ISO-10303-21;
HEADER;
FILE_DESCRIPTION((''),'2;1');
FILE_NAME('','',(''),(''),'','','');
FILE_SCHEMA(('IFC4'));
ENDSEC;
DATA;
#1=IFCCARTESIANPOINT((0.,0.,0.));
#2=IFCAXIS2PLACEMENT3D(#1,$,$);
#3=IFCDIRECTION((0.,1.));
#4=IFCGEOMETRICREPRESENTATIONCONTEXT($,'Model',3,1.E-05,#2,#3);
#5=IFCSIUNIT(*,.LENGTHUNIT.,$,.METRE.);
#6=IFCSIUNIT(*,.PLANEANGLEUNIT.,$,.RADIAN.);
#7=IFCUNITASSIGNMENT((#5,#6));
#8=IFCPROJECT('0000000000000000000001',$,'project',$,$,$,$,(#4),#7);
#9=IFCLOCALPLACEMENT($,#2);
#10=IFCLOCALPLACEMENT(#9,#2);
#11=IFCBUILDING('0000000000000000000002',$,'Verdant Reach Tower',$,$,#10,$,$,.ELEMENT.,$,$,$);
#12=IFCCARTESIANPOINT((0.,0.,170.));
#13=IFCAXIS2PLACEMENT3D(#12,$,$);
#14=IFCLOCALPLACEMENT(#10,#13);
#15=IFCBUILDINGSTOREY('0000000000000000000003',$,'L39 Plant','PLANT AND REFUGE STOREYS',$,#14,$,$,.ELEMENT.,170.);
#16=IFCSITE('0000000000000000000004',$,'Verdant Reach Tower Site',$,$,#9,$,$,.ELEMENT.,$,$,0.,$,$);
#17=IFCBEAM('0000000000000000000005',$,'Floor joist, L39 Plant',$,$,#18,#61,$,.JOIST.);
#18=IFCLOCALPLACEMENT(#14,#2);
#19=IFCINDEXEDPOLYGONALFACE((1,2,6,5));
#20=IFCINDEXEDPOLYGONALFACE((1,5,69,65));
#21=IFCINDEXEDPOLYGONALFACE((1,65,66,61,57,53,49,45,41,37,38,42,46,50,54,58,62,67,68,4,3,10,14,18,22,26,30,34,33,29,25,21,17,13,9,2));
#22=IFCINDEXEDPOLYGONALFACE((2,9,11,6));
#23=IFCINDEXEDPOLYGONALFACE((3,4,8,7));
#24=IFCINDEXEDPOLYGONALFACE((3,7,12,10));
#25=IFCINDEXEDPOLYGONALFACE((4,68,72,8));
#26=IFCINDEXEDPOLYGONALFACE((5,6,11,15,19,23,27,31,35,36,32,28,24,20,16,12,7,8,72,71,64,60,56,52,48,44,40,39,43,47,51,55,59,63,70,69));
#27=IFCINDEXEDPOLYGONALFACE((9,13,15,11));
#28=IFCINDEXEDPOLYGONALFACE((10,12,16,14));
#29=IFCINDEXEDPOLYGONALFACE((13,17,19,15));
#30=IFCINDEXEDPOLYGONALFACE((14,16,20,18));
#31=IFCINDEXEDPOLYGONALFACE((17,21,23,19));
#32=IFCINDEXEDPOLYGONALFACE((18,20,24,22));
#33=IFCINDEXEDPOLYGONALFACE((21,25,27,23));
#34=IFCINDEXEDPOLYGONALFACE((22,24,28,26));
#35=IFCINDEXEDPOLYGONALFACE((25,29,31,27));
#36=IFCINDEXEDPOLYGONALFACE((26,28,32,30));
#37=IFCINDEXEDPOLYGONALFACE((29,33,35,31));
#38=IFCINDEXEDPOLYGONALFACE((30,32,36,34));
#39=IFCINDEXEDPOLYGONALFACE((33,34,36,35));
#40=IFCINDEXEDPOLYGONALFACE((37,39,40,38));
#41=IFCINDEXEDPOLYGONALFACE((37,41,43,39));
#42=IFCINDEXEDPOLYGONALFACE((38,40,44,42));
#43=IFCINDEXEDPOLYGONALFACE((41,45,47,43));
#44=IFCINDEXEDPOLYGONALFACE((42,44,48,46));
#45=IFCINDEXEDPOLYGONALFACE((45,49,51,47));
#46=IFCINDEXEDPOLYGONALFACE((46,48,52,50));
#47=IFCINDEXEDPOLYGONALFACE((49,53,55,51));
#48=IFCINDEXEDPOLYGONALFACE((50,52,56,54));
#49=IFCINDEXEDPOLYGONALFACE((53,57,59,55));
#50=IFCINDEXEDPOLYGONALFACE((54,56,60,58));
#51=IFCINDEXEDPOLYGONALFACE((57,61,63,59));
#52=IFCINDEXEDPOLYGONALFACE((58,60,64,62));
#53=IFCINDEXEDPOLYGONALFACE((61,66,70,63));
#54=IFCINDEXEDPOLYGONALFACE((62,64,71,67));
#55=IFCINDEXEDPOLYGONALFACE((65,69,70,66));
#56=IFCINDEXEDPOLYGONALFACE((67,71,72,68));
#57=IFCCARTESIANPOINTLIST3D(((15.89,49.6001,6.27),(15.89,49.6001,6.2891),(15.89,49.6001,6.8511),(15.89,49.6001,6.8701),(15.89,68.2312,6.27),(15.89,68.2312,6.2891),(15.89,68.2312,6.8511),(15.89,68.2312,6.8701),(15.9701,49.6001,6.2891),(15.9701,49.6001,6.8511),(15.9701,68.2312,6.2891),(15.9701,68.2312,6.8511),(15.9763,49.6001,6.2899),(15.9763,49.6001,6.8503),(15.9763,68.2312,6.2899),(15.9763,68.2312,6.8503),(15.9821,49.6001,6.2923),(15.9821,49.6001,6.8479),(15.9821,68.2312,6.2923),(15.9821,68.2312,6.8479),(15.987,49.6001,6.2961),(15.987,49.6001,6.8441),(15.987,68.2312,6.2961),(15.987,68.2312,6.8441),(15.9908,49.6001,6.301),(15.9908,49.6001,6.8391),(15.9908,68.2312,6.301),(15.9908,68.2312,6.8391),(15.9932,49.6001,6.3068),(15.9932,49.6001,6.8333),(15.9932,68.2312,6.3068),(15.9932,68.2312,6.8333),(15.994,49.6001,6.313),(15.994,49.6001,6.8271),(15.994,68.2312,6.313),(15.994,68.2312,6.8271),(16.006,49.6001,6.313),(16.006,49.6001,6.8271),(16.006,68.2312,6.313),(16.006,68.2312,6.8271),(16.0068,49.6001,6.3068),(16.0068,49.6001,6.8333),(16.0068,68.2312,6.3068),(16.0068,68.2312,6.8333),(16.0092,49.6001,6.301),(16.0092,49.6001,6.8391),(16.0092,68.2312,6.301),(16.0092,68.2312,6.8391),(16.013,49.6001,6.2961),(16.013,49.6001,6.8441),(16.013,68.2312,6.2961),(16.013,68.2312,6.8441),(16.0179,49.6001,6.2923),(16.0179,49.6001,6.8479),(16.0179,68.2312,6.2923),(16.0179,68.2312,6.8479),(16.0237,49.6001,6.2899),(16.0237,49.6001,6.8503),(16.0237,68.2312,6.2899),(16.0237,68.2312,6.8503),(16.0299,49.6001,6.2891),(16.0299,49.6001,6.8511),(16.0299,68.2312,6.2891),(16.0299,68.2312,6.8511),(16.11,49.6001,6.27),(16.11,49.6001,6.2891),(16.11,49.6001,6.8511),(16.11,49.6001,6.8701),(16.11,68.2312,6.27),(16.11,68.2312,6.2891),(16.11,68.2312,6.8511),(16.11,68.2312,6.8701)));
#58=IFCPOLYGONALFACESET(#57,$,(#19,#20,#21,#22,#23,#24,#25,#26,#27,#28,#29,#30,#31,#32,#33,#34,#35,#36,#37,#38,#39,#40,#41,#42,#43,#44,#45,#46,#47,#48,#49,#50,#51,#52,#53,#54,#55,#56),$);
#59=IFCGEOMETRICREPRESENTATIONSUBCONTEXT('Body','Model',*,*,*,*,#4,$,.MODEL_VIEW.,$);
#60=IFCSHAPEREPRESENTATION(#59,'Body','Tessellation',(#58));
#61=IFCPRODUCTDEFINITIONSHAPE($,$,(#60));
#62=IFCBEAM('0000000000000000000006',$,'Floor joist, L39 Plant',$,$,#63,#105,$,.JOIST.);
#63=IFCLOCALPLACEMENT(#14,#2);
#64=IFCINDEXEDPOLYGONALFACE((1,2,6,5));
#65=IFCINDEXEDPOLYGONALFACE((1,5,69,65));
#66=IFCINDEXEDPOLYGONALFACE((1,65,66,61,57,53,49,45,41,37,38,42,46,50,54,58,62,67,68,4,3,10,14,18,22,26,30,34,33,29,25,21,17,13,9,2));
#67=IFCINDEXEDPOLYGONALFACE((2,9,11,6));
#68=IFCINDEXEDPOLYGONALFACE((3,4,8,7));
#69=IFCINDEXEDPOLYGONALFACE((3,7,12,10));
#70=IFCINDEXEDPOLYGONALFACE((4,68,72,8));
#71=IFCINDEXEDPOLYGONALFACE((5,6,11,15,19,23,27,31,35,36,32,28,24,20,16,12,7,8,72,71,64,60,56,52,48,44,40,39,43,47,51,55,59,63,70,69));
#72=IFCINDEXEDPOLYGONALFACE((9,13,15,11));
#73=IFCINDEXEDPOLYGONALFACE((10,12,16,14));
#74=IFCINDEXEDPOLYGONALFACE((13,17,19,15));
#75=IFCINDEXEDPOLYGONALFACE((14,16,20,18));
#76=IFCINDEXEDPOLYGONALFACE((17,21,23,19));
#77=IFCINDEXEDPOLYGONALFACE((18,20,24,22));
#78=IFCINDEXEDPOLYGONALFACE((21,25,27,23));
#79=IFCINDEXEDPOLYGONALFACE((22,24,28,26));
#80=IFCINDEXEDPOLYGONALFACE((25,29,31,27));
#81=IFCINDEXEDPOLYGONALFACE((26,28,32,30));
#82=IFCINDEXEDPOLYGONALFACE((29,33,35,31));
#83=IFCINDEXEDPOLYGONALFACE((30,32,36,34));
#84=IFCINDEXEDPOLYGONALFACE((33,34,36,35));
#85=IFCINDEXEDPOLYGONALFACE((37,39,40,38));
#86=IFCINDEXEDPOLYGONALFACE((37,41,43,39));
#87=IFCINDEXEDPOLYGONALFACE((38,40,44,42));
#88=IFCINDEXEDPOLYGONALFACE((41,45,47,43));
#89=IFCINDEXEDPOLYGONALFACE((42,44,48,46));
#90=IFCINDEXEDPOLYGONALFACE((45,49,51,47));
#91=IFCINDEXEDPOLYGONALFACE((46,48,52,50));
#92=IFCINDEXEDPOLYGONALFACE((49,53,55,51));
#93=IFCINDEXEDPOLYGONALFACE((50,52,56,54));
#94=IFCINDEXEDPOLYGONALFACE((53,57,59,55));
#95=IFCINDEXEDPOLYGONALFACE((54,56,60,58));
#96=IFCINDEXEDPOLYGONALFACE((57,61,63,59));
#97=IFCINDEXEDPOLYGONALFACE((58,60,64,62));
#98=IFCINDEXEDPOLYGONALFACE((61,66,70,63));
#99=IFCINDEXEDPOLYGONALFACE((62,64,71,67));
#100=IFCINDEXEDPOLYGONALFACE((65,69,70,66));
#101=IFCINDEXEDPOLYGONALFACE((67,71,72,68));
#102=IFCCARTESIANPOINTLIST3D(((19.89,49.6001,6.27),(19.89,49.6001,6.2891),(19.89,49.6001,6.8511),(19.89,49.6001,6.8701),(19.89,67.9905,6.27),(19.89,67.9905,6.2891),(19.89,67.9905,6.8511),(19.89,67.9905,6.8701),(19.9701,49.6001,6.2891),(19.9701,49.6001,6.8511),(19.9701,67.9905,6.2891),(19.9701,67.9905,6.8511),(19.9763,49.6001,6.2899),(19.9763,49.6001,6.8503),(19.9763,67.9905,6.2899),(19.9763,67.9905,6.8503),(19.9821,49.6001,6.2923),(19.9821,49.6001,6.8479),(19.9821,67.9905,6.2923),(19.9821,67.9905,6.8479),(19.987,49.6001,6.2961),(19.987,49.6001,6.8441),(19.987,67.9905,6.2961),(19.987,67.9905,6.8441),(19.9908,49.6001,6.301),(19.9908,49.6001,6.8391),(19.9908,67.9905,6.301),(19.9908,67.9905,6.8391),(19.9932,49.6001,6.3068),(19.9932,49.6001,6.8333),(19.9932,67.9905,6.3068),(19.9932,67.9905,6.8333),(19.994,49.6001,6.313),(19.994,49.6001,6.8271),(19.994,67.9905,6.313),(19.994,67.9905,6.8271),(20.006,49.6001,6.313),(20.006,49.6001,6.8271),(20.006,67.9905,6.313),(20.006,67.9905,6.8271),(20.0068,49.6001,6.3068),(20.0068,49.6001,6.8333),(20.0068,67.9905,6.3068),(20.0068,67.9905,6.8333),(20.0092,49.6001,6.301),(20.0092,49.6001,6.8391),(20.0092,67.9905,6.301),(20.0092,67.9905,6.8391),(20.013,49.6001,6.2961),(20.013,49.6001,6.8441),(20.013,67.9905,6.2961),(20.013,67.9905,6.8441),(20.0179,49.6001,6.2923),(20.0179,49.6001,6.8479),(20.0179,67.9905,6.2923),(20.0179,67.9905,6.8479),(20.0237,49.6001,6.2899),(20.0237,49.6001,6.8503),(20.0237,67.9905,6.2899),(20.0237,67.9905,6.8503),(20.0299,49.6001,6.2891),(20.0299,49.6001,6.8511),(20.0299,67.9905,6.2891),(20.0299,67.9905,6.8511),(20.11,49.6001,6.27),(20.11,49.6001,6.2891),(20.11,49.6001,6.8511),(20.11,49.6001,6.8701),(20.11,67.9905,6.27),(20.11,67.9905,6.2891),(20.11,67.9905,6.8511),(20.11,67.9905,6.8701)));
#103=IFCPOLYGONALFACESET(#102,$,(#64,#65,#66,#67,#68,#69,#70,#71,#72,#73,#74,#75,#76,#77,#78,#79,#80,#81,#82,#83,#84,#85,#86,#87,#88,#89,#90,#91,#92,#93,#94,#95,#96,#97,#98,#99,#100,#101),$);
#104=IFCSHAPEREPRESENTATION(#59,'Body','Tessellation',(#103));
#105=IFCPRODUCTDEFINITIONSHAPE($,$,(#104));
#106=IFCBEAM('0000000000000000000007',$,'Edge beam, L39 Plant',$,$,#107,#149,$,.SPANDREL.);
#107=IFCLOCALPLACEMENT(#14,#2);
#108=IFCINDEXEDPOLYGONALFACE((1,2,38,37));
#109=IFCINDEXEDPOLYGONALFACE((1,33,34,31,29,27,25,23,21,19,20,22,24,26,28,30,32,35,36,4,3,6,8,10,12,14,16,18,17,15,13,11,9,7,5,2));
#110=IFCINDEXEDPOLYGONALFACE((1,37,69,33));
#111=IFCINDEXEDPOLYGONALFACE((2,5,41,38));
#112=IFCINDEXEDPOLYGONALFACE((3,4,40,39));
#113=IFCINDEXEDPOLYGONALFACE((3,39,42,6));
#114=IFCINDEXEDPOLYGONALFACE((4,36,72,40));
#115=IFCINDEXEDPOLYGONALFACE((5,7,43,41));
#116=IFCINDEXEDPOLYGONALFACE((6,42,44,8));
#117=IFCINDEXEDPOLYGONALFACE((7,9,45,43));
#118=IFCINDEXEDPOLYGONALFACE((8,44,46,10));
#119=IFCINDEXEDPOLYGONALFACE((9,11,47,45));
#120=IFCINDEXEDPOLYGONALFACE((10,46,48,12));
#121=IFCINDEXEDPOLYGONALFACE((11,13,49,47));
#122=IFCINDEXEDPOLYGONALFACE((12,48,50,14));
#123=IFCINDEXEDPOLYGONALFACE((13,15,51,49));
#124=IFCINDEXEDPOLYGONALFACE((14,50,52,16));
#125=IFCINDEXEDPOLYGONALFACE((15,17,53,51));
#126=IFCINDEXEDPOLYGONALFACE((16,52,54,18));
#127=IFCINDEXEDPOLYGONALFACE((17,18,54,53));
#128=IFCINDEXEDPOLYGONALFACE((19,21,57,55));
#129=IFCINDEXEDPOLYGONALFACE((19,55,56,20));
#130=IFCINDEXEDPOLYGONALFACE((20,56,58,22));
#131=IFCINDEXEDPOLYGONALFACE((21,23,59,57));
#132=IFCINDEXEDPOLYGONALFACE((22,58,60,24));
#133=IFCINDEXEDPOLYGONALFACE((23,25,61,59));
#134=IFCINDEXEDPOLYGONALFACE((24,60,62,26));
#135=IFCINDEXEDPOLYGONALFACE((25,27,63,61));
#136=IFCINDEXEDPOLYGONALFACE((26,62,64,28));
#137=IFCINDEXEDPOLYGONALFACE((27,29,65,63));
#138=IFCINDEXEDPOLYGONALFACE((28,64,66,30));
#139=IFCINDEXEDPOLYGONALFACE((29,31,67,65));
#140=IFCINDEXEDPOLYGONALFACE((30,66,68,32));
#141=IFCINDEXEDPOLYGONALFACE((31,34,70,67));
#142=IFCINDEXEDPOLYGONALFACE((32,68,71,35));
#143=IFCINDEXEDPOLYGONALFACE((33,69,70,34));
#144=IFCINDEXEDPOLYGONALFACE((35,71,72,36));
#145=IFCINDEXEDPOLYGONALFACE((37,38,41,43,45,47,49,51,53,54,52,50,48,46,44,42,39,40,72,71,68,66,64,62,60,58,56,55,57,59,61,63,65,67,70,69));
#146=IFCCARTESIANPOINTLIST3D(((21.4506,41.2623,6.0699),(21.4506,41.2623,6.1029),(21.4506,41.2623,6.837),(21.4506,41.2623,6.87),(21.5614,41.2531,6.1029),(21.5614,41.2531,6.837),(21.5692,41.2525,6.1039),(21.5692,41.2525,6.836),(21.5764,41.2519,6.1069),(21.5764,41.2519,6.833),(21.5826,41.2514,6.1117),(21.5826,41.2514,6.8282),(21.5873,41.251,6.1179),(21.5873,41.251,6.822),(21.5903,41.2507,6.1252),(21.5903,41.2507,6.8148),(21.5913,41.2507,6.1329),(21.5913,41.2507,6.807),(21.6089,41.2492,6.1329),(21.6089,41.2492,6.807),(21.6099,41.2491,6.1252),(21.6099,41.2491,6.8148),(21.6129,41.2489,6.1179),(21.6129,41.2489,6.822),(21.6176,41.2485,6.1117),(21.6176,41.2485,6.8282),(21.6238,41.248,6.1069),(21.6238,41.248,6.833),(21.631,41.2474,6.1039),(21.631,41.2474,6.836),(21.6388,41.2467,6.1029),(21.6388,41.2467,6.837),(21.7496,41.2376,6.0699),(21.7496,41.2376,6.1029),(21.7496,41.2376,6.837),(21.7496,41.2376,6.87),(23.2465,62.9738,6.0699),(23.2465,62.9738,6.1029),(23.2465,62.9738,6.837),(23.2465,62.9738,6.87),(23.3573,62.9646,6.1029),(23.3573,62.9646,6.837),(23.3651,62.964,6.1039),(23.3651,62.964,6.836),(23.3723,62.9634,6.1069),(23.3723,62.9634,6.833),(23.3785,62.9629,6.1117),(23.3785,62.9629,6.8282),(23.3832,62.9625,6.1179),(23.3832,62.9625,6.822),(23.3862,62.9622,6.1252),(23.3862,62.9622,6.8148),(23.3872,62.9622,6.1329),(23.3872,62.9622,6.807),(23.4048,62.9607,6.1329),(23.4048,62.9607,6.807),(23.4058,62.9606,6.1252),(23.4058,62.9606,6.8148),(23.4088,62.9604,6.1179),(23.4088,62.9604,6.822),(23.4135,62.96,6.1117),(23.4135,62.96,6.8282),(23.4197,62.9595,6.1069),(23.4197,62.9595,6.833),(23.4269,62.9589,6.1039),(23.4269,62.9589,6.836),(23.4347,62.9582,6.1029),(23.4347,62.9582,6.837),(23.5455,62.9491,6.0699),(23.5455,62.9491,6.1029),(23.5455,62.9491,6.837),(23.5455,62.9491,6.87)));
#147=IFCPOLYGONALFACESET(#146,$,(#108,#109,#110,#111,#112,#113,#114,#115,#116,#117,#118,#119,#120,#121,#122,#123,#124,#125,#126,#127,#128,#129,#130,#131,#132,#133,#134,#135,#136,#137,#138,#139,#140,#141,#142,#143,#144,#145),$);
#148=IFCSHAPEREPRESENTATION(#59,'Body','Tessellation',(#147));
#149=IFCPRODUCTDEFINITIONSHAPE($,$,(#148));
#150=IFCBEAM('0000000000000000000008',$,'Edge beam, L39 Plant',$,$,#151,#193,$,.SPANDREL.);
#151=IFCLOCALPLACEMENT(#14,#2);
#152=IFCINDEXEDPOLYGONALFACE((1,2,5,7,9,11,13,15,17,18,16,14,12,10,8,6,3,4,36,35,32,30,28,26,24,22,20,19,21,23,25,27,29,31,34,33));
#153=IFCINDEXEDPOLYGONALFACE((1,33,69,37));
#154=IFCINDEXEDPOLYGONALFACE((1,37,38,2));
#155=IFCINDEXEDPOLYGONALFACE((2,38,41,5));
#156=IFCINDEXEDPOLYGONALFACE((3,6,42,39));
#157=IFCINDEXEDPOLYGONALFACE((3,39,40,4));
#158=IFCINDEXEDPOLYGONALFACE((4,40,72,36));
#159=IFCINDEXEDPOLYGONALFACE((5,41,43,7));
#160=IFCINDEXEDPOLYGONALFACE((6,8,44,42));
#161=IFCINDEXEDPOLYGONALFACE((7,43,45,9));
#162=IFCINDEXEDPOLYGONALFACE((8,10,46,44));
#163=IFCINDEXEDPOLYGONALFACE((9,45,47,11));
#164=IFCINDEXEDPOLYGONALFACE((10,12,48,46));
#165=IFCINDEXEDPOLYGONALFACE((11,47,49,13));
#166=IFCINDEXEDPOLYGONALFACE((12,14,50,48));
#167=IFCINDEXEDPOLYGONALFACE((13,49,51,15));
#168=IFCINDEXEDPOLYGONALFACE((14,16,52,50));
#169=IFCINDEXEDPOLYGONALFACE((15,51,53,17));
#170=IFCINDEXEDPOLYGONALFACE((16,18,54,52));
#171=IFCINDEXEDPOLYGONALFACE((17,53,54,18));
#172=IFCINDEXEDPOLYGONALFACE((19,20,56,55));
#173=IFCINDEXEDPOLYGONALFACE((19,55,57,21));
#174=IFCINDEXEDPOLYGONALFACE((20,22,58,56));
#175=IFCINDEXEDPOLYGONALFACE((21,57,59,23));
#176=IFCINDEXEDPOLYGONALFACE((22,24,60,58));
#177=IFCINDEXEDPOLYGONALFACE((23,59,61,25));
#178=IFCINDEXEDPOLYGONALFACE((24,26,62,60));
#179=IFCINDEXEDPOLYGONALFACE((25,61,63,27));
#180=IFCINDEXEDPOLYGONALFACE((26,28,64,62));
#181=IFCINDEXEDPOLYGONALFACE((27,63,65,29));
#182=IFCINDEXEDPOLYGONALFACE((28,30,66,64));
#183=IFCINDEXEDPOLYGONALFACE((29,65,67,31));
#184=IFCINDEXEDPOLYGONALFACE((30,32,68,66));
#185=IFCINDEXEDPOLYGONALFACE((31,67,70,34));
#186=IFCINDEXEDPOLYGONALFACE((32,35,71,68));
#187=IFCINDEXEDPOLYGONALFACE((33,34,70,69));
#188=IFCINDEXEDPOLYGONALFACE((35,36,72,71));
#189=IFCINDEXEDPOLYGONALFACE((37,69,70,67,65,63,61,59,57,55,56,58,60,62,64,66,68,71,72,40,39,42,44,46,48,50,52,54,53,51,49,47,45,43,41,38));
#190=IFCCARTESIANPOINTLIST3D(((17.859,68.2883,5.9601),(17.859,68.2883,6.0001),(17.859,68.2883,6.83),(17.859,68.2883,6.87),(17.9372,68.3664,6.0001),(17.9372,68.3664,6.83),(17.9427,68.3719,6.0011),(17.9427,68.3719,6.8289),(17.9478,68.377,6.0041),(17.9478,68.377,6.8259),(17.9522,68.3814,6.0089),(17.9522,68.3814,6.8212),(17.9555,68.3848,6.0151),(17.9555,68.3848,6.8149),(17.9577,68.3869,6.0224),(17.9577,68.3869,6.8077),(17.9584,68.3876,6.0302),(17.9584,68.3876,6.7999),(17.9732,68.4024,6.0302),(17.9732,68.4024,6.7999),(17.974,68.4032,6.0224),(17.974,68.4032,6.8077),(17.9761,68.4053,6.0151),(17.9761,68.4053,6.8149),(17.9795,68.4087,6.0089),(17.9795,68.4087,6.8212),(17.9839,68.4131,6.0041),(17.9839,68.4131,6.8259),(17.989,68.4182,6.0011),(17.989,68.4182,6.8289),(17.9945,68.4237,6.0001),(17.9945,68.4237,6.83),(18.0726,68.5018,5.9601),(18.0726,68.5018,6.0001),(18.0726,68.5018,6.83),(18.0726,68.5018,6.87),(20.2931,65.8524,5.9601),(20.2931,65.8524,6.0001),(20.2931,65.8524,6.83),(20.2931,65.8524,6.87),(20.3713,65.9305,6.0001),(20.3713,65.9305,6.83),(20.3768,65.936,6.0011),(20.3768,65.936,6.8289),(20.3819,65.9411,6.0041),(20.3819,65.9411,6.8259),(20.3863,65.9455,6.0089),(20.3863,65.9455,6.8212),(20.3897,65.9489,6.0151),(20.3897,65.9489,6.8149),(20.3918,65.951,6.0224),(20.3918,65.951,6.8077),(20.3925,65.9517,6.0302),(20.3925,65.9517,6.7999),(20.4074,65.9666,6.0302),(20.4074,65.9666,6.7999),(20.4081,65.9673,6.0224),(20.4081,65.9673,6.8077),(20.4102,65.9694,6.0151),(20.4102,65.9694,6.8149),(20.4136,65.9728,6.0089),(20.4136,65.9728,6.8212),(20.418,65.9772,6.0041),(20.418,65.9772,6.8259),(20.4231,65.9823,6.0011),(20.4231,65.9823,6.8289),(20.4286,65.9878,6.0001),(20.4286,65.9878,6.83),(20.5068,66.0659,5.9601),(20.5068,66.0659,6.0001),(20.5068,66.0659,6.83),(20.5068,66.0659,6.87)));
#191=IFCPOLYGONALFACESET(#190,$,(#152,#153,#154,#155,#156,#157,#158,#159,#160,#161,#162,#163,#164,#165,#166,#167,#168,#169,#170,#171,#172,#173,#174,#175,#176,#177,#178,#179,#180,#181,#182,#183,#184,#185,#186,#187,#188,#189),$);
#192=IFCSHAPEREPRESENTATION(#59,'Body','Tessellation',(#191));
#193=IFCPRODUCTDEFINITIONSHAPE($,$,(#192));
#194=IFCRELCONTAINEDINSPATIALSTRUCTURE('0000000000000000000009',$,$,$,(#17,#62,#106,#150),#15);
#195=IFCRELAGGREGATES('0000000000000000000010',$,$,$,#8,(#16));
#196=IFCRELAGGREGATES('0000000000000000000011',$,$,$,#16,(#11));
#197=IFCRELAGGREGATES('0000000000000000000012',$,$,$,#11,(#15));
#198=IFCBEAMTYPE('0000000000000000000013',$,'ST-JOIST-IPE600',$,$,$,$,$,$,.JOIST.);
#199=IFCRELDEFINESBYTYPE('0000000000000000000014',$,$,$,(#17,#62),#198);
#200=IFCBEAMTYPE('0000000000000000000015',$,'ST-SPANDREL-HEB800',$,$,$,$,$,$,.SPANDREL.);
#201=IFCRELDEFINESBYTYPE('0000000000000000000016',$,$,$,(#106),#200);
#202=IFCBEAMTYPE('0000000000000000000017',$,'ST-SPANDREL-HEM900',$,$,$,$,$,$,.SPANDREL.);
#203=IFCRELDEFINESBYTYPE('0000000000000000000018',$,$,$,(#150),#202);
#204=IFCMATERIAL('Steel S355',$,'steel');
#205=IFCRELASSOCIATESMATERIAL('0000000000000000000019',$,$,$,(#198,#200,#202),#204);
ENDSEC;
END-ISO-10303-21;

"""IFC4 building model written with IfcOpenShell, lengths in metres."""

from ifc_helpers import new_model, si_unit, direction, frame, origin, origin_2d, place, context, subcontext, project, spatial, i_section, extrude, material, material_profile, profile_set, type_object, element, save


model = new_model("IFC4")

# Units and contexts
model_context = context("Model", 3, precision=1e-05, world=origin(), true_north=direction((0.0, 1.0)))
body_context = subcontext(model_context, "Body", "Model", "MODEL_VIEW")
ifc_project = project(units=[si_unit("LENGTHUNIT", "METRE"), si_unit("PLANEANGLEUNIT", "RADIAN")], contexts=[model_context])

# Site, building, storey
site_placement = place(None, origin())
site = spatial("IfcSite", under=ifc_project, at=site_placement, Name="Verdant Reach Tower Site", CompositionType="ELEMENT", RefElevation=0.0)
building_placement = place(site_placement, origin())
building = spatial("IfcBuilding", under=site, at=building_placement, Name="Verdant Reach Tower", CompositionType="ELEMENT")
storey_placement = place(building_placement, frame((0.0, 0.0, 170.0)))
storey = spatial("IfcBuildingStorey", under=building, at=storey_placement, Name="L39 Plant", Description="PLANT AND REFUGE STOREYS", CompositionType="ELEMENT", Elevation=170.0)

# Beams
ifc_material_1 = material(Name="Steel S355", Category="steel")
ifc_material_profile_1 = material_profile(ifc_material_1, i_section(OverallWidth=0.22, OverallDepth=0.6001, WebThickness=0.012, FlangeThickness=0.019, FilletRadius=0.0239, at=origin_2d()), Name="IPE 600")
ifc_profile_set_1 = profile_set([ifc_material_profile_1], Name="Steel S355")
beam_type_1 = type_object("IfcBeamType", Name="ST-JOIST-IPE600", PredefinedType="JOIST", material=ifc_profile_set_1)
beam_1_placement = place(storey_placement, frame((16.0, 49.6001, 6.5701), z_axis=(0.0, 1.0, 0.0), x_axis=(-1.0, 0.0, 0.0)))
element("IfcBeam", 1, at=beam_1_placement, inside=storey, type_object=beam_type_1, Name="Floor joist, L39 Plant", PredefinedType="JOIST", context=body_context, shape_type="SweptSolid", body=[
    extrude(i_section(OverallWidth=0.22, OverallDepth=0.6001, WebThickness=0.012, FlangeThickness=0.019, FilletRadius=0.0239, at=origin_2d()), origin(), (0.0, 0.0, 1.0), 18.6311),
])
beam_2_placement = place(storey_placement, frame((20.0, 49.6001, 6.5701), z_axis=(0.0, 1.0, 0.0), x_axis=(-1.0, 0.0, 0.0)))
element("IfcBeam", 2, at=beam_2_placement, inside=storey, type_object=beam_type_1, Name="Floor joist, L39 Plant", PredefinedType="JOIST", context=body_context, shape_type="SweptSolid", body=[
    extrude(i_section(OverallWidth=0.22, OverallDepth=0.6001, WebThickness=0.012, FlangeThickness=0.019, FilletRadius=0.0239, at=origin_2d()), origin(), (0.0, 0.0, 1.0), 18.3904),
])
ifc_material_profile_2 = material_profile(ifc_material_1, i_section(OverallWidth=0.3, OverallDepth=0.8, WebThickness=0.0176, FlangeThickness=0.033, FilletRadius=0.03, at=origin_2d()), Name="HEB 800")
ifc_profile_set_2 = profile_set([ifc_material_profile_2], Name="Steel S355")
beam_type_2 = type_object("IfcBeamType", Name="ST-SPANDREL-HEB800", PredefinedType="SPANDREL", material=ifc_profile_set_2)
beam_3_placement = place(storey_placement, frame((23.396, 62.9614, 6.47), z_axis=(-0.082435, -0.996596, 0.0), x_axis=(0.996596, -0.082435, 0.0)))
element("IfcBeam", 3, at=beam_3_placement, inside=storey, type_object=beam_type_2, Name="Edge beam, L39 Plant", PredefinedType="SPANDREL", context=body_context, shape_type="SweptSolid", body=[
    extrude(i_section(OverallWidth=0.3, OverallDepth=0.8, WebThickness=0.0176, FlangeThickness=0.033, FilletRadius=0.03, at=origin_2d()), origin(), (0.0, 0.0, 1.0), 21.7856),
])
ifc_material_profile_3 = material_profile(ifc_material_1, i_section(OverallWidth=0.302, OverallDepth=0.9099, WebThickness=0.021, FlangeThickness=0.04, FilletRadius=0.03, at=origin_2d()), Name="HEM 900")
ifc_profile_set_3 = profile_set([ifc_material_profile_3], Name="Steel S355")
beam_type_3 = type_object("IfcBeamType", Name="ST-SPANDREL-HEM900", PredefinedType="SPANDREL", material=ifc_profile_set_3)
beam_4_placement = place(storey_placement, frame((17.9658, 68.395, 6.415), z_axis=(0.706859, -0.707355, 0.0), x_axis=(0.707355, 0.706859, 0.0)))
element("IfcBeam", 4, at=beam_4_placement, inside=storey, type_object=beam_type_3, Name="Edge beam, L39 Plant", PredefinedType="SPANDREL", context=body_context, shape_type="SweptSolid", body=[
    extrude(i_section(OverallWidth=0.302, OverallDepth=0.9099, WebThickness=0.021, FlangeThickness=0.04, FilletRadius=0.03, at=origin_2d()), origin(), (0.0, 0.0, 1.0), 3.4436),
])

save(model, "model.ifc")
